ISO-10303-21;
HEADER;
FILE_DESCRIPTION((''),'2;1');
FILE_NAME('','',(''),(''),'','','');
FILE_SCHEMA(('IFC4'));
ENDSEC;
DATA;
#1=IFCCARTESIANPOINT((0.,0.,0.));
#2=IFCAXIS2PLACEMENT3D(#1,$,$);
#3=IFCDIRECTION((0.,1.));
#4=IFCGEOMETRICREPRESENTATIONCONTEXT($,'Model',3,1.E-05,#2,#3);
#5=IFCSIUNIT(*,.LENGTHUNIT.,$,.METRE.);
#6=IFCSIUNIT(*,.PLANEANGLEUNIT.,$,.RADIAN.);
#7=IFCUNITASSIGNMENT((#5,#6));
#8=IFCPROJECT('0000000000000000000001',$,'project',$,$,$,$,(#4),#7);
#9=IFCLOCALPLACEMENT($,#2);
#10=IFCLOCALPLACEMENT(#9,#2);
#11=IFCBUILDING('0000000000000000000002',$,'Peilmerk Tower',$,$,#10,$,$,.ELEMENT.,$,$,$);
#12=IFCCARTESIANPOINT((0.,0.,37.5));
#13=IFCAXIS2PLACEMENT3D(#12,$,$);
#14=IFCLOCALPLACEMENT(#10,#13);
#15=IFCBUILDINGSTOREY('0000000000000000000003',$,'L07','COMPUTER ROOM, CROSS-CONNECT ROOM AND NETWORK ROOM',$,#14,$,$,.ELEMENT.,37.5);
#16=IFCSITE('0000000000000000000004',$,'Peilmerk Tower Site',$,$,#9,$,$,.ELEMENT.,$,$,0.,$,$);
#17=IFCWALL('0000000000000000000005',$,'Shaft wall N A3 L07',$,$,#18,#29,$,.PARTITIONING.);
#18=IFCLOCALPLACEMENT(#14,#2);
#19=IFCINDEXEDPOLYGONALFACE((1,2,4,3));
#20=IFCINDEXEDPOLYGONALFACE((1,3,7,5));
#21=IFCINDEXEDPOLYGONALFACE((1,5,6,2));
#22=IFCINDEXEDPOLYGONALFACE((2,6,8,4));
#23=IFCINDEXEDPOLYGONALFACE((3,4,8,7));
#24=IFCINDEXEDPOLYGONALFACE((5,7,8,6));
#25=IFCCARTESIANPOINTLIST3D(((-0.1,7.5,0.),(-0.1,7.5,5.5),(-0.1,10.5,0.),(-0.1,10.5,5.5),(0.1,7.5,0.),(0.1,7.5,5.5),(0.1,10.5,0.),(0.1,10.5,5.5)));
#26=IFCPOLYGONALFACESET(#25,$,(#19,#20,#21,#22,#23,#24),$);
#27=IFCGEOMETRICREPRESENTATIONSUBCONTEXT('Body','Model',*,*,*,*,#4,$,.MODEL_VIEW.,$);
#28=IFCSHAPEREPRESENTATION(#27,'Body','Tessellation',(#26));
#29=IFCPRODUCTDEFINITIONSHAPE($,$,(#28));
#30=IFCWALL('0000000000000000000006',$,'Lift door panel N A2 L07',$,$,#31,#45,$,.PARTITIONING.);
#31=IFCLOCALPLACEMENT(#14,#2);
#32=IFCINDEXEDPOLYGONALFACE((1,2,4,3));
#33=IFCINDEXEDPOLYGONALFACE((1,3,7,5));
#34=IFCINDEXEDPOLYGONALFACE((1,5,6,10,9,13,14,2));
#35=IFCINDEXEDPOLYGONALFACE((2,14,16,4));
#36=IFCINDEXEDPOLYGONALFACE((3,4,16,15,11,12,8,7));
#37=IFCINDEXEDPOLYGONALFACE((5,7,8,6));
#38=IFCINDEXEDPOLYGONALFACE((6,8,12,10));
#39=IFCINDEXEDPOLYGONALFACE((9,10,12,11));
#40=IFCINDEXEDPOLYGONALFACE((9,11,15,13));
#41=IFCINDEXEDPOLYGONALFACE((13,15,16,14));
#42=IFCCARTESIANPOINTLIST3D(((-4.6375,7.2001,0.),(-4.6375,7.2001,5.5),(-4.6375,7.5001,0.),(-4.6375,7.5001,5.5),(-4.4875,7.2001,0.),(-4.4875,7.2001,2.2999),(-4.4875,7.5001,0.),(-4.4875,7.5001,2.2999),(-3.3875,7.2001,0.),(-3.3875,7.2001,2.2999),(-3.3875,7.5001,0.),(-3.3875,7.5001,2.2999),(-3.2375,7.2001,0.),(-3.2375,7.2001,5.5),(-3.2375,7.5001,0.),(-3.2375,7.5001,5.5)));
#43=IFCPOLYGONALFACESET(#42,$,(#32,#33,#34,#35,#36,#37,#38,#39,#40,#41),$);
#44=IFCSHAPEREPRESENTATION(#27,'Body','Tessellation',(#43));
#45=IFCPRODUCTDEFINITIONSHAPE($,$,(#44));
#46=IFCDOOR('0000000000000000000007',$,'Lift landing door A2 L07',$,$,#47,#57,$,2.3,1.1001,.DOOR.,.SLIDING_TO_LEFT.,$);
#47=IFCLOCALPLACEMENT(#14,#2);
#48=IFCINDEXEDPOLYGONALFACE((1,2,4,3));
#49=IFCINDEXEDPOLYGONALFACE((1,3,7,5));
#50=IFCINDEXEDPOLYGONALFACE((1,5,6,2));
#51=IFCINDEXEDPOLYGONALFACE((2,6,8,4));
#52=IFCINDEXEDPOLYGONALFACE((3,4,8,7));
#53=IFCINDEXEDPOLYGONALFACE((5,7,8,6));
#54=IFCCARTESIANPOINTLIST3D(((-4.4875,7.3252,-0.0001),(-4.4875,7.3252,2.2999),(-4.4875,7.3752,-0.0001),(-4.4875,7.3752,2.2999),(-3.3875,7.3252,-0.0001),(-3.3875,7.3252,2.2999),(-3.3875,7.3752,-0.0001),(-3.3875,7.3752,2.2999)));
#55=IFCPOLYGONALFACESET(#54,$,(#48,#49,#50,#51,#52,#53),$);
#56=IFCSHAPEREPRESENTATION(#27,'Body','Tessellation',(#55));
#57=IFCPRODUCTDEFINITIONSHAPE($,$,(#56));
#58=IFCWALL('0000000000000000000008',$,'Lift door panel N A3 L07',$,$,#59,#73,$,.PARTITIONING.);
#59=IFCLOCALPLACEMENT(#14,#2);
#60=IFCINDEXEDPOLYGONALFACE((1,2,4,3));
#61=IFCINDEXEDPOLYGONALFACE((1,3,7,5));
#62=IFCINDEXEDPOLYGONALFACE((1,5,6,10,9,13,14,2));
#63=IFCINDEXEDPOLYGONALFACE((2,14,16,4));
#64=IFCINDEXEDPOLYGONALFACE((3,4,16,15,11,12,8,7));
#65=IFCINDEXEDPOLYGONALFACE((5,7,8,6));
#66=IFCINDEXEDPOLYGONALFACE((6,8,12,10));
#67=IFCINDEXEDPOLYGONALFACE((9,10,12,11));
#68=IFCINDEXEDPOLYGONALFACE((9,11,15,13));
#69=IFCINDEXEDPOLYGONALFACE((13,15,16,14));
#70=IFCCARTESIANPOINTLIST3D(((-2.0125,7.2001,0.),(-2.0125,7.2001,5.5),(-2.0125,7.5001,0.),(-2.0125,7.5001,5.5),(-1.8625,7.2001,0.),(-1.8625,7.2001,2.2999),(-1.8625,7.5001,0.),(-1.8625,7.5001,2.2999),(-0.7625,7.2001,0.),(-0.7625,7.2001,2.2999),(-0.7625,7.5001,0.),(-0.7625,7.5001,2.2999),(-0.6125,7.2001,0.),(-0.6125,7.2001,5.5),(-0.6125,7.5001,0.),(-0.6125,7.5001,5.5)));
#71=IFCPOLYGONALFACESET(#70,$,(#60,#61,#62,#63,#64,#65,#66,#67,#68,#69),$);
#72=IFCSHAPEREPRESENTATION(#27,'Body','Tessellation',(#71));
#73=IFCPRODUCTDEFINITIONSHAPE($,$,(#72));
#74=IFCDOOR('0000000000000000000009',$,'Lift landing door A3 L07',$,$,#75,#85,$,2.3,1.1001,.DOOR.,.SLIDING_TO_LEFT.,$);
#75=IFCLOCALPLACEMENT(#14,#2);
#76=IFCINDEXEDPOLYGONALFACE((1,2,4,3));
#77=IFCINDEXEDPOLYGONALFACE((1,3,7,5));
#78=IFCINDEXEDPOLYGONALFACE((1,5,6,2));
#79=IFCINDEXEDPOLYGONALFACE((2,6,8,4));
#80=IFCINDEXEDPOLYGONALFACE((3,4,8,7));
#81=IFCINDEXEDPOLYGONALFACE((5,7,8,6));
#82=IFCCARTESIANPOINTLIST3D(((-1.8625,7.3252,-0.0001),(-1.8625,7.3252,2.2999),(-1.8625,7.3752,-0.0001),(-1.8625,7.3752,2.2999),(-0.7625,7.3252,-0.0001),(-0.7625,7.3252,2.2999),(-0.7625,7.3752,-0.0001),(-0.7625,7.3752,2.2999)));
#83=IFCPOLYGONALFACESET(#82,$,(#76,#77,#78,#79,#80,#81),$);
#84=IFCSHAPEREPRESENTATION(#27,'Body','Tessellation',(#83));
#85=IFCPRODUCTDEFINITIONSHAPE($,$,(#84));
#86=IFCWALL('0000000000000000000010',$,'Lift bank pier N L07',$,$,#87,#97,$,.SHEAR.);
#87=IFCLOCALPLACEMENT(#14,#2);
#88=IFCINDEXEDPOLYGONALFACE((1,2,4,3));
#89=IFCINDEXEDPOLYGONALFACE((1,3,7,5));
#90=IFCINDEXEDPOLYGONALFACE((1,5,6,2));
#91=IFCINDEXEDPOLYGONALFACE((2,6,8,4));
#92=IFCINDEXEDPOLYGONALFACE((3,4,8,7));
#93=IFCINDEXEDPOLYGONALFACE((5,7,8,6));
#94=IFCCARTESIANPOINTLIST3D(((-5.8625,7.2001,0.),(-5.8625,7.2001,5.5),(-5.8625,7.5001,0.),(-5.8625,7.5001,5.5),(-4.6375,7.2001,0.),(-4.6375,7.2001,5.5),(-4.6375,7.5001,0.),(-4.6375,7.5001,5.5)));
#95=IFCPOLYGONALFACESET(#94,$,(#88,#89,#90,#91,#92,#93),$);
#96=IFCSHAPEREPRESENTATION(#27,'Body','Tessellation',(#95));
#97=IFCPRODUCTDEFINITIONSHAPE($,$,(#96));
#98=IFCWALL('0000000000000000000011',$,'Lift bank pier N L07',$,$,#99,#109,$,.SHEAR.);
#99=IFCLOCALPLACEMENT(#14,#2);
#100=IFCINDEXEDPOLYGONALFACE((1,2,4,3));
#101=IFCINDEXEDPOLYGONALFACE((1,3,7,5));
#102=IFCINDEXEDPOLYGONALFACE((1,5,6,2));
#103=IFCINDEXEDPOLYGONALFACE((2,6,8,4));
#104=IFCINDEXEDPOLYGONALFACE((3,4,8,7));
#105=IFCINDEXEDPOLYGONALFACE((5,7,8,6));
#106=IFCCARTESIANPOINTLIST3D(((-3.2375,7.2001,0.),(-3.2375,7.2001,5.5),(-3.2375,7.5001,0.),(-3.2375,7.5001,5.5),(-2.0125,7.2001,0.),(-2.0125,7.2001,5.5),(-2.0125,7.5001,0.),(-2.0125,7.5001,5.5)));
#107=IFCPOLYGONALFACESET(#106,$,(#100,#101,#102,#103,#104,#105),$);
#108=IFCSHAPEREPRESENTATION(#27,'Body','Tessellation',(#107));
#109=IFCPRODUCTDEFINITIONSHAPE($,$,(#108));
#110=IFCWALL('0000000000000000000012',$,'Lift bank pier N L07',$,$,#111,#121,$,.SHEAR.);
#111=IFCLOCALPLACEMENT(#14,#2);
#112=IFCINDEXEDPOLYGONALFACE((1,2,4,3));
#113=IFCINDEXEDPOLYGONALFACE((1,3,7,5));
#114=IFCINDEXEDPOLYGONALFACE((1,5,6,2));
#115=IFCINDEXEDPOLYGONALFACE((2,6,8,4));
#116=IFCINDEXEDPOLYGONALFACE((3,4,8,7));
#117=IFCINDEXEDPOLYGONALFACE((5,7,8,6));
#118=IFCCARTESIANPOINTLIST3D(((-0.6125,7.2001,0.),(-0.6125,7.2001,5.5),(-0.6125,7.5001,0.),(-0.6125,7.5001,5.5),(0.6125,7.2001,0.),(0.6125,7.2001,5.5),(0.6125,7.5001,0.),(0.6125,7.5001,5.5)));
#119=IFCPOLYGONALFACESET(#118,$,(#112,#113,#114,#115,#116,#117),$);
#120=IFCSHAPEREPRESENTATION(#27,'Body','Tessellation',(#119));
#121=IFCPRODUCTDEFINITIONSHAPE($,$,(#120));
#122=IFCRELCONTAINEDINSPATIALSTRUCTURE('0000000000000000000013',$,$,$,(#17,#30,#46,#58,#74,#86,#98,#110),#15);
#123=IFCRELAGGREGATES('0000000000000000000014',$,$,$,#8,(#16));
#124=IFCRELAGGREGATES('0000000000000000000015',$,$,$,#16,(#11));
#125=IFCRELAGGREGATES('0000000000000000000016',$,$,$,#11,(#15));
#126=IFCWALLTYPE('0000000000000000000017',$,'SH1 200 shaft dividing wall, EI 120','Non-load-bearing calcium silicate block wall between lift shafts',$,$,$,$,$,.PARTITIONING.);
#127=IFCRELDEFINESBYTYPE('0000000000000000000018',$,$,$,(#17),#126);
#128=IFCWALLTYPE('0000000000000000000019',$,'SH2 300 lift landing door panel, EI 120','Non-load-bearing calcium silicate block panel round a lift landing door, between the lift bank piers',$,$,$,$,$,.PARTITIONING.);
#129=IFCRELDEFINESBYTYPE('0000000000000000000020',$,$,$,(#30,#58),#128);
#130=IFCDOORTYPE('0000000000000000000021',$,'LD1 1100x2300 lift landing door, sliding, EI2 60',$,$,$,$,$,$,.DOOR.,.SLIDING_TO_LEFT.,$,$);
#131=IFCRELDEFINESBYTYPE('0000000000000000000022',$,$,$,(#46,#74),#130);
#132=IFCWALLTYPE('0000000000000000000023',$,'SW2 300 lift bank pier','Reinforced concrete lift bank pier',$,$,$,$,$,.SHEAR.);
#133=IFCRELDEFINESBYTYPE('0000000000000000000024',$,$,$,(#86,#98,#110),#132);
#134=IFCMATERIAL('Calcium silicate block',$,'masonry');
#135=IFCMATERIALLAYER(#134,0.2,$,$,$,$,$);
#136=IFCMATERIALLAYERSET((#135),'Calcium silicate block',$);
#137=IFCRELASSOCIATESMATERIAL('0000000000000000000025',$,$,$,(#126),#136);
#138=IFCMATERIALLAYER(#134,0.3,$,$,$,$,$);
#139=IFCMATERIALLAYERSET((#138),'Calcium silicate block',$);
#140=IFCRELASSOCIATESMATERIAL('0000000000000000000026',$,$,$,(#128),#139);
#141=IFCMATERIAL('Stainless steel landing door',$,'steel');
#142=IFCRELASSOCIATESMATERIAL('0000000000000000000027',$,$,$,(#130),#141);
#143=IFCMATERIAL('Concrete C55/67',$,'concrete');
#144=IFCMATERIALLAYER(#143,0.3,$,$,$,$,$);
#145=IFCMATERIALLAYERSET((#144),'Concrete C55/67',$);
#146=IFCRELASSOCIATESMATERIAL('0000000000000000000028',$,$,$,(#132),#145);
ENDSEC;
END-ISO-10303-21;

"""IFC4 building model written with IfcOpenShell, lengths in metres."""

from ifc_helpers import new_model, si_unit, direction, frame, frame_2d, origin, place, context, subcontext, project, spatial, rectangle, extrude, material, layer, layer_set, type_object, element, fill, save


model = new_model("IFC4")

# Units and contexts
model_context = context("Model", 3, precision=1e-05, world=origin(), true_north=direction((0.0, 1.0)))
body_context = subcontext(model_context, "Body", "Model", "MODEL_VIEW")
ifc_project = project(units=[si_unit("LENGTHUNIT", "METRE"), si_unit("PLANEANGLEUNIT", "RADIAN")], contexts=[model_context])

# Site, building, storey
site_placement = place(None, origin())
site = spatial("IfcSite", under=ifc_project, at=site_placement, Name="Peilmerk Tower Site", CompositionType="ELEMENT", RefElevation=0.0)
building_placement = place(site_placement, origin())
building = spatial("IfcBuilding", under=site, at=building_placement, Name="Peilmerk Tower", CompositionType="ELEMENT")
storey_placement = place(building_placement, frame((0.0, 0.0, 37.5)))
storey = spatial("IfcBuildingStorey", under=building, at=storey_placement, Name="L07", Description="COMPUTER ROOM, CROSS-CONNECT ROOM AND NETWORK ROOM", CompositionType="ELEMENT", Elevation=37.5)

# Shared definitions
ifc_material_1 = material(Name="Concrete C55/67", Category="concrete")

# Wall
ifc_material_2 = material(Name="Calcium silicate block", Category="masonry")
ifc_layer_1 = layer(ifc_material_2, 0.2)
ifc_layer_set_1 = layer_set([ifc_layer_1], Name="Calcium silicate block")
wall_type_1 = type_object("IfcWallType", Name="SH1 200 shaft dividing wall, EI 120", Description="Non-load-bearing calcium silicate block wall between lift shafts", PredefinedType="PARTITIONING", material=ifc_layer_set_1)
for number, where, z_axis, x_axis, name in (
    (1, (0.0, 7.5, 0.0), (0.0, 0.0, 1.0), (0.0, 1.0, 0.0), "Shaft wall N A3 L07"),
):
    element("IfcWall", number, at=place(storey_placement, frame(where, z_axis=z_axis, x_axis=x_axis)), inside=storey, type_object=wall_type_1, Name=name, PredefinedType="PARTITIONING", context=body_context, shape_type="SweptSolid", body=[
        extrude(rectangle(XDim=3.0, YDim=0.2, at=frame_2d((1.5, 0.0))), origin(), (0.0, 0.0, 1.0), 5.5),
    ])

# Walls, openings, doors
ifc_layer_2 = layer(ifc_material_2, 0.3)
ifc_layer_set_2 = layer_set([ifc_layer_2], Name="Calcium silicate block")
wall_type_2 = type_object("IfcWallType", Name="SH2 300 lift landing door panel, EI 120", Description="Non-load-bearing calcium silicate block panel round a lift landing door, between the lift bank piers", PredefinedType="PARTITIONING", material=ifc_layer_set_2)
wall_1_placement = place(storey_placement, frame((-4.6375, 7.3501, 0.0), z_axis=(0.0, 0.0, 1.0), x_axis=(1.0, 0.0, 0.0)))
wall_1 = element("IfcWall", 2, at=wall_1_placement, inside=storey, type_object=wall_type_2, Name="Lift door panel N A2 L07", PredefinedType="PARTITIONING", context=body_context, shape_type="SweptSolid", body=[
    extrude(rectangle(XDim=1.3999, YDim=0.3, at=frame_2d((0.7, 0.0))), origin(), (0.0, 0.0, 1.0), 5.5),
])
opening_1_placement = place(wall_1_placement, frame((0.1499, 0.0, 0.0)))
opening_1 = element("IfcOpeningElement", 3, at=opening_1_placement, cuts=wall_1, PredefinedType="OPENING", context=body_context, shape_type="SweptSolid", body=[
    extrude(rectangle(XDim=1.1001, YDim=2.3, at=frame_2d((0.55, 1.1499))), frame((0.0, 0.1599, 0.0), z_axis=(0.0, -1.0, 0.0), x_axis=(1.0, 0.0, 0.0)), (0.0, 0.0, 1.0), 0.3201),
])
ifc_material_3 = material(Name="Stainless steel landing door", Category="steel")
door_type_1 = type_object("IfcDoorType", Name="LD1 1100x2300 lift landing door, sliding, EI2 60", OperationType="SLIDING_TO_LEFT", PredefinedType="DOOR", material=ifc_material_3)
door_1_placement = place(opening_1_placement, frame((1.1001, 0.0, 0.0), z_axis=(0.0, 0.0, 1.0), x_axis=(-1.0, 0.0, 0.0)))
door_1 = element("IfcDoor", 4, at=door_1_placement, inside=storey, type_object=door_type_1, Name="Lift landing door A2 L07", OperationType="SLIDING_TO_LEFT", OverallHeight=2.3, OverallWidth=1.1001, PredefinedType="DOOR", context=body_context, shape_type="SweptSolid", body=[
    extrude(rectangle(XDim=1.1001, YDim=2.3, at=frame_2d((0.55, 1.1499))), frame((0.0, 0.0249, 0.0), z_axis=(0.0, -1.0, 0.0), x_axis=(1.0, 0.0, 0.0)), (0.0, 0.0, 1.0), 0.05),
])
fill(opening_1, door_1)
wall_2_placement = place(storey_placement, frame((-2.0125, 7.3501, 0.0), z_axis=(0.0, 0.0, 1.0), x_axis=(1.0, 0.0, 0.0)))
wall_2 = element("IfcWall", 5, at=wall_2_placement, inside=storey, type_object=wall_type_2, Name="Lift door panel N A3 L07", PredefinedType="PARTITIONING", context=body_context, shape_type="SweptSolid", body=[
    extrude(rectangle(XDim=1.3999, YDim=0.3, at=frame_2d((0.7, 0.0))), origin(), (0.0, 0.0, 1.0), 5.5),
])
opening_2_placement = place(wall_2_placement, frame((0.1499, 0.0, 0.0)))
opening_2 = element("IfcOpeningElement", 6, at=opening_2_placement, cuts=wall_2, PredefinedType="OPENING", context=body_context, shape_type="SweptSolid", body=[
    extrude(rectangle(XDim=1.1001, YDim=2.3, at=frame_2d((0.55, 1.1499))), frame((0.0, 0.1599, 0.0), z_axis=(0.0, -1.0, 0.0), x_axis=(1.0, 0.0, 0.0)), (0.0, 0.0, 1.0), 0.3201),
])
door_2_placement = place(opening_2_placement, frame((1.1001, 0.0, 0.0), z_axis=(0.0, 0.0, 1.0), x_axis=(-1.0, 0.0, 0.0)))
door_2 = element("IfcDoor", 7, at=door_2_placement, inside=storey, type_object=door_type_1, Name="Lift landing door A3 L07", OperationType="SLIDING_TO_LEFT", OverallHeight=2.3, OverallWidth=1.1001, PredefinedType="DOOR", context=body_context, shape_type="SweptSolid", body=[
    extrude(rectangle(XDim=1.1001, YDim=2.3, at=frame_2d((0.55, 1.1499))), frame((0.0, 0.0249, 0.0), z_axis=(0.0, -1.0, 0.0), x_axis=(1.0, 0.0, 0.0)), (0.0, 0.0, 1.0), 0.05),
])
fill(opening_2, door_2)

# Walls
ifc_layer_3 = layer(ifc_material_1, 0.3)
ifc_layer_set_3 = layer_set([ifc_layer_3], Name="Concrete C55/67")
wall_type_3 = type_object("IfcWallType", Name="SW2 300 lift bank pier", Description="Reinforced concrete lift bank pier", PredefinedType="SHEAR", material=ifc_layer_set_3)
for number, where, z_axis, x_axis, name in (
    (8, (-5.8625, 7.3501, 0.0), (0.0, 0.0, 1.0), (1.0, 0.0, 0.0), "Lift bank pier N L07"),
    (9, (-3.2375, 7.3501, 0.0), (0.0, 0.0, 1.0), (1.0, 0.0, 0.0), "Lift bank pier N L07"),
    (10, (-0.6125, 7.3501, 0.0), (0.0, 0.0, 1.0), (1.0, 0.0, 0.0), "Lift bank pier N L07"),
):
    element("IfcWall", number, at=place(storey_placement, frame(where, z_axis=z_axis, x_axis=x_axis)), inside=storey, type_object=wall_type_3, Name=name, PredefinedType="SHEAR", context=body_context, shape_type="SweptSolid", body=[
        extrude(rectangle(XDim=1.2251, YDim=0.3, at=frame_2d((0.6125, 0.0))), origin(), (0.0, 0.0, 1.0), 5.5),
    ])

save(model, "model.ifc")
